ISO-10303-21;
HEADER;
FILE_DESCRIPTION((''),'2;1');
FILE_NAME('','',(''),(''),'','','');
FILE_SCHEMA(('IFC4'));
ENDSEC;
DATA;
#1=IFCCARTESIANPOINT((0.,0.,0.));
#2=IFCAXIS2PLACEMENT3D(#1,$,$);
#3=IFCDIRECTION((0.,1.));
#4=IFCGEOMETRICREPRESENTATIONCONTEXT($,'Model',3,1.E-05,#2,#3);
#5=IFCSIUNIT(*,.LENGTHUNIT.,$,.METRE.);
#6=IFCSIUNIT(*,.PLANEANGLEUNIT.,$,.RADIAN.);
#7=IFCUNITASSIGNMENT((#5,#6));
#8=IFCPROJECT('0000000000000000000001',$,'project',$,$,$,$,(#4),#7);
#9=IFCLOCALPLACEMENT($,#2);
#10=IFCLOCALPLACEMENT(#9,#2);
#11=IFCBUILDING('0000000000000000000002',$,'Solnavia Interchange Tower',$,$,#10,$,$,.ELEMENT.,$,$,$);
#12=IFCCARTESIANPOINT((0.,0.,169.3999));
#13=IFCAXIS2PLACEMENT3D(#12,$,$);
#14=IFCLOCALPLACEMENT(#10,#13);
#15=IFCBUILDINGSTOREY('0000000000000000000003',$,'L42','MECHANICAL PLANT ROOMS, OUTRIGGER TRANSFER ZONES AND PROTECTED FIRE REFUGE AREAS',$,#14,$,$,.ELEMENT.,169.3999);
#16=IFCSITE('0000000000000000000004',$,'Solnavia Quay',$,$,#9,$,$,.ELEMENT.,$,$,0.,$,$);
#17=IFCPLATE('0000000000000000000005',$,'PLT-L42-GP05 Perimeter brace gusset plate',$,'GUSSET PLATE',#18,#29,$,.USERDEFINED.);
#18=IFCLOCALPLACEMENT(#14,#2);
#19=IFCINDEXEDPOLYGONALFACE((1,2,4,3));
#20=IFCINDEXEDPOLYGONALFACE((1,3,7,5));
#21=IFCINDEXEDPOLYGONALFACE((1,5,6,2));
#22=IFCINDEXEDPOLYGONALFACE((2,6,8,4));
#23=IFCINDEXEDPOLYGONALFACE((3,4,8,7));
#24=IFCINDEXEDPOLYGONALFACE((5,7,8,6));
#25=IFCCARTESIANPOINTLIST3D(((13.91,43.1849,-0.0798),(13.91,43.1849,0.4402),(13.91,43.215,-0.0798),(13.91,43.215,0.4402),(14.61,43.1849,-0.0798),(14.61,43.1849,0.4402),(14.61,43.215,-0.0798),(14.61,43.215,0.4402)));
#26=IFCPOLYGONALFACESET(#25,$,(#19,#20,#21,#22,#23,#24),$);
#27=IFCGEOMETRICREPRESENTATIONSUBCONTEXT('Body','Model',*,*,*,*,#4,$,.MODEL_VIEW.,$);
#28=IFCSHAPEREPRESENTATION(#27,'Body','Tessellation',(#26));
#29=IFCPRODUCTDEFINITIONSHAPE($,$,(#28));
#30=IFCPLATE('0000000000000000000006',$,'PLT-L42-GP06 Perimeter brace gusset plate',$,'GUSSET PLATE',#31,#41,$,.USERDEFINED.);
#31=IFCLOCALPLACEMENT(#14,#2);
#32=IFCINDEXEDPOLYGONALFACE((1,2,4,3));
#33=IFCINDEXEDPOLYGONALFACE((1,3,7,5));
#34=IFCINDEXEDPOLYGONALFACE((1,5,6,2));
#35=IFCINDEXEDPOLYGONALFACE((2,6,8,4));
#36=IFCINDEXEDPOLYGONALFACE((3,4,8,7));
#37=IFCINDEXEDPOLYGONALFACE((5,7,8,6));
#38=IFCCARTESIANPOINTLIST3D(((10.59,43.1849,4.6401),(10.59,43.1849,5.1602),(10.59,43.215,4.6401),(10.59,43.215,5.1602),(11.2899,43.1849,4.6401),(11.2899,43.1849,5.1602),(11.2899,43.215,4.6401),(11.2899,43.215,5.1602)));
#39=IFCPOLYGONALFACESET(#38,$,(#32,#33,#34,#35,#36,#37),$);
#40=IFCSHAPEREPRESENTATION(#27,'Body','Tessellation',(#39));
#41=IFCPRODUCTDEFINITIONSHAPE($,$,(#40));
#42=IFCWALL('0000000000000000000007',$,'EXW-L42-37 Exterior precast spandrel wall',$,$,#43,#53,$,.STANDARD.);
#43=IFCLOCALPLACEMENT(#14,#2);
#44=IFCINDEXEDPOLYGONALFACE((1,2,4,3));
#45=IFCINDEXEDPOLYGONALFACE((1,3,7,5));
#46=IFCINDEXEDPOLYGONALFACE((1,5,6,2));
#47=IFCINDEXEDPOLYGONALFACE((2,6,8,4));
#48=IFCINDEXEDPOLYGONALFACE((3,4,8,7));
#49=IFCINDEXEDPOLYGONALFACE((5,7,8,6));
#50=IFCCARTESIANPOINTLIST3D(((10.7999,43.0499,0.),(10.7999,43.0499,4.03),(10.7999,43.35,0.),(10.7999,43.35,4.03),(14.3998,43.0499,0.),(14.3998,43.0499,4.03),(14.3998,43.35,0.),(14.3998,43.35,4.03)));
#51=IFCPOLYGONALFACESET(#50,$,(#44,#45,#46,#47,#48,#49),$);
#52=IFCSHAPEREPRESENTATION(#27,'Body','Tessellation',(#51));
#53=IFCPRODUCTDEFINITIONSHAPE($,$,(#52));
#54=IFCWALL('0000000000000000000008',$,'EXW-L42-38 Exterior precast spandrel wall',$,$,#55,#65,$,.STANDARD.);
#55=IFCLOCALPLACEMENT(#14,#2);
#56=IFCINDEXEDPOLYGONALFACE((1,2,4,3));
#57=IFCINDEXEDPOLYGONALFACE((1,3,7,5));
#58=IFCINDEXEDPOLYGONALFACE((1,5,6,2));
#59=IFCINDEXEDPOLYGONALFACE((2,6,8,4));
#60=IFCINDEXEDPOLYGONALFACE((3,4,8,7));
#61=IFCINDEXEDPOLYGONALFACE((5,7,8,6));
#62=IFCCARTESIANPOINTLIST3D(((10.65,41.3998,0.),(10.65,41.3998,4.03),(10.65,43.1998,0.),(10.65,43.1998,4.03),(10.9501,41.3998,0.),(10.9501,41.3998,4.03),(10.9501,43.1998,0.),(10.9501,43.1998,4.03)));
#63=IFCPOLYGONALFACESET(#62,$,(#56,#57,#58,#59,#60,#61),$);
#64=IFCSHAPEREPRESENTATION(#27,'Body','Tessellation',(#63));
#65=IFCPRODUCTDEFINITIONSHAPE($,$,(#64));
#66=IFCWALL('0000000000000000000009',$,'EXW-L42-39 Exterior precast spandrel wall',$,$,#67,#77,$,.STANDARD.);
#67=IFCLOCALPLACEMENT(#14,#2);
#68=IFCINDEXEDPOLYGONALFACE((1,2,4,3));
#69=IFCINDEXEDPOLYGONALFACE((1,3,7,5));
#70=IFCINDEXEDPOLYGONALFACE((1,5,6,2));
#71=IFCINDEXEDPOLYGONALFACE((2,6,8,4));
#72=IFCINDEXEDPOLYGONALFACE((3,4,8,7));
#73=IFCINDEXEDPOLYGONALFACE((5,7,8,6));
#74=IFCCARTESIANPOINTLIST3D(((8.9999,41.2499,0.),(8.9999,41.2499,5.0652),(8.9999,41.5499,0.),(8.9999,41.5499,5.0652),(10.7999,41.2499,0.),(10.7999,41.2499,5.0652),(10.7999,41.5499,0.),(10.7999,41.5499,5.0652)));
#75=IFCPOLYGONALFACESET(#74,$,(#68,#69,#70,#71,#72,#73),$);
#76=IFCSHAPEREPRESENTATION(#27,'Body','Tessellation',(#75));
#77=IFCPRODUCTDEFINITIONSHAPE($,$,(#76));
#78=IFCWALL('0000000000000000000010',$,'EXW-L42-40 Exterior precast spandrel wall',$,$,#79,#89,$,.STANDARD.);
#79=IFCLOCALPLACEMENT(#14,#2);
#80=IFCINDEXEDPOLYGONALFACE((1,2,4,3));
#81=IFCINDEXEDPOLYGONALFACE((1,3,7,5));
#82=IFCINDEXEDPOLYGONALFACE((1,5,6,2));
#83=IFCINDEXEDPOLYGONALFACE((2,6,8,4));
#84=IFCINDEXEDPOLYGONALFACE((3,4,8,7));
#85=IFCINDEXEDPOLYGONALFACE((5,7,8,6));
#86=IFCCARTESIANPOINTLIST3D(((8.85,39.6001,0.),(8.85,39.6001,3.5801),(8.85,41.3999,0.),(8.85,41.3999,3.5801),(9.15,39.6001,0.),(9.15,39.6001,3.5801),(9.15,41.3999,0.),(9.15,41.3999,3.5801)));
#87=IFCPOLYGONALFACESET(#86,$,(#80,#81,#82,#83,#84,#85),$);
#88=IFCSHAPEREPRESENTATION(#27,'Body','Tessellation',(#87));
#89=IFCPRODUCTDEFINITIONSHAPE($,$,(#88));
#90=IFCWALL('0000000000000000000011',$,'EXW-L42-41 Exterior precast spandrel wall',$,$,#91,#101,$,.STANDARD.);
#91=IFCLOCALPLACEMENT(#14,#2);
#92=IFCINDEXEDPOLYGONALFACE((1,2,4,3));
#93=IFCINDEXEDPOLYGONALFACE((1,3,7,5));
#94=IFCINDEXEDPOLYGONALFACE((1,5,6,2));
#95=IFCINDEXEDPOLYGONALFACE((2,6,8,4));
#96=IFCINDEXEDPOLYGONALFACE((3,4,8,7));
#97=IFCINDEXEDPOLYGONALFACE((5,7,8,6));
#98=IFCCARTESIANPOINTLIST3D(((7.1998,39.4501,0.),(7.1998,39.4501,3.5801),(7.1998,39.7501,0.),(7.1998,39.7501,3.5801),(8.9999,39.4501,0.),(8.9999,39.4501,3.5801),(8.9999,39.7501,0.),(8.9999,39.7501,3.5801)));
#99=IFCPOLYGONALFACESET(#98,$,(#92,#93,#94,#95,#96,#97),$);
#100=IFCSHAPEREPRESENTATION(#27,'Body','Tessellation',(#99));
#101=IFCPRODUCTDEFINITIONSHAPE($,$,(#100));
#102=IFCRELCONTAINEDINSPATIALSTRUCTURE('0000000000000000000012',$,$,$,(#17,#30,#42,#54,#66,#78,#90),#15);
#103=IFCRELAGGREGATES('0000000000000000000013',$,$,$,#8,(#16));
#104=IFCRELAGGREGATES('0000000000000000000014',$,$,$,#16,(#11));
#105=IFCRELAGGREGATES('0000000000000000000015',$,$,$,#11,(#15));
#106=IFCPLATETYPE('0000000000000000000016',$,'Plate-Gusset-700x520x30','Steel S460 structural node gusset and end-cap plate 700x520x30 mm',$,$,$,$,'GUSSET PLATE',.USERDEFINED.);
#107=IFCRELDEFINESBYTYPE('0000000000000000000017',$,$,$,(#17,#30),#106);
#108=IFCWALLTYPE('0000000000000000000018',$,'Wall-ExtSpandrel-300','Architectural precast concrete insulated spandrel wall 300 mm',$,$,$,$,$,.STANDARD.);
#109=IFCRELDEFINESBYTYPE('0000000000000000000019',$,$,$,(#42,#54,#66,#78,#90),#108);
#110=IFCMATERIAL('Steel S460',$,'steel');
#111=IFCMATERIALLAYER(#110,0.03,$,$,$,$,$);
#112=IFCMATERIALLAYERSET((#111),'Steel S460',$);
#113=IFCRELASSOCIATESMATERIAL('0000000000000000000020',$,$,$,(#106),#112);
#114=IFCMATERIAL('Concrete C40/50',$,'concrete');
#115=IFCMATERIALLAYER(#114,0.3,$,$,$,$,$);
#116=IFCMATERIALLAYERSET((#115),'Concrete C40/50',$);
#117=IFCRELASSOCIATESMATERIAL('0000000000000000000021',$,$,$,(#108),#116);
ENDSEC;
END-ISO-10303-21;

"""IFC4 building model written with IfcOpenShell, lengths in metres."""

from ifc_helpers import new_model, si_unit, direction, frame, frame_2d, origin, origin_2d, place, context, subcontext, project, spatial, rectangle, extrude, material, layer, layer_set, type_object, element, save


model = new_model("IFC4")

# Units and contexts
model_context = context("Model", 3, precision=1e-05, world=origin(), true_north=direction((0.0, 1.0)))
body_context = subcontext(model_context, "Body", "Model", "MODEL_VIEW")
ifc_project = project(units=[si_unit("LENGTHUNIT", "METRE"), si_unit("PLANEANGLEUNIT", "RADIAN")], contexts=[model_context])

# Site, building, storey
site_placement = place(None, origin())
site = spatial("IfcSite", under=ifc_project, at=site_placement, Name="Solnavia Quay", CompositionType="ELEMENT", RefElevation=0.0)
building_placement = place(site_placement, origin())
building = spatial("IfcBuilding", under=site, at=building_placement, Name="Solnavia Interchange Tower", CompositionType="ELEMENT")
storey_placement = place(building_placement, frame((0.0, 0.0, 169.3999)))
storey = spatial("IfcBuildingStorey", under=building, at=storey_placement, Name="L42", Description="MECHANICAL PLANT ROOMS, OUTRIGGER TRANSFER ZONES AND PROTECTED FIRE REFUGE AREAS", CompositionType="ELEMENT", Elevation=169.3999)

# Shared definitions
ifc_material_1 = material(Name="Steel S460", Category="steel")

# Plates
ifc_layer_1 = layer(ifc_material_1, 0.03)
ifc_layer_set_1 = layer_set([ifc_layer_1], Name="Steel S460")
plate_type_1 = type_object("IfcPlateType", Name="Plate-Gusset-700x520x30", Description="Steel S460 structural node gusset and end-cap plate 700x520x30 mm", ElementType="GUSSET PLATE", PredefinedType="USERDEFINED", material=ifc_layer_set_1)
for number, where, z_axis, x_axis, name in (
    (1, (14.26, 43.2, -0.0798), (0.0, 0.0, 1.0), (-1.0, 0.0, 0.0), "PLT-L42-GP05 Perimeter brace gusset plate"),
    (2, (10.9399, 43.2, 4.6401), (0.0, 0.0, 1.0), (-1.0, 0.0, 0.0), "PLT-L42-GP06 Perimeter brace gusset plate"),
):
    element("IfcPlate", number, at=place(storey_placement, frame(where, z_axis=z_axis, x_axis=x_axis)), inside=storey, type_object=plate_type_1, Name=name, ObjectType="GUSSET PLATE", PredefinedType="USERDEFINED", context=body_context, shape_type="SweptSolid", body=[
        extrude(rectangle(XDim=0.7, YDim=0.03, at=origin_2d()), origin(), (0.0, 0.0, 1.0), 0.52),
    ])

# Walls
ifc_material_2 = material(Name="Concrete C40/50", Category="concrete")
ifc_layer_2 = layer(ifc_material_2, 0.3)
ifc_layer_set_2 = layer_set([ifc_layer_2], Name="Concrete C40/50")
wall_type = type_object("IfcWallType", Name="Wall-ExtSpandrel-300", Description="Architectural precast concrete insulated spandrel wall 300 mm", PredefinedType="STANDARD", material=ifc_layer_set_2)
wall_1_placement = place(storey_placement, frame((10.8, 43.2, 0.0), z_axis=(0.0, 0.0, 1.0), x_axis=(1.0, 0.0, 0.0)))
element("IfcWall", 3, at=wall_1_placement, inside=storey, type_object=wall_type, Name="EXW-L42-37 Exterior precast spandrel wall", PredefinedType="STANDARD", context=body_context, shape_type="SweptSolid", body=[
    extrude(rectangle(XDim=3.5999, YDim=0.3, at=frame_2d((1.7998, 0.0))), origin(), (0.0, 0.0, 1.0), 4.03),
])
wall_2_placement = place(storey_placement, frame((10.8, 41.3999, 0.0), z_axis=(0.0, 0.0, 1.0), x_axis=(0.0, 1.0, 0.0)))
element("IfcWall", 4, at=wall_2_placement, inside=storey, type_object=wall_type, Name="EXW-L42-38 Exterior precast spandrel wall", PredefinedType="STANDARD", context=body_context, shape_type="SweptSolid", body=[
    extrude(rectangle(XDim=1.8, YDim=0.3, at=frame_2d((0.8999, 0.0))), origin(), (0.0, 0.0, 1.0), 4.03),
])
wall_3_placement = place(storey_placement, frame((9.0, 41.3999, 0.0), z_axis=(0.0, 0.0, 1.0), x_axis=(1.0, 0.0, 0.0)))
element("IfcWall", 5, at=wall_3_placement, inside=storey, type_object=wall_type, Name="EXW-L42-39 Exterior precast spandrel wall", PredefinedType="STANDARD", context=body_context, shape_type="SweptSolid", body=[
    extrude(rectangle(XDim=1.8, YDim=0.3, at=frame_2d((0.8999, 0.0))), origin(), (0.0, 0.0, 1.0), 5.0652),
])
wall_4_placement = place(storey_placement, frame((9.0, 39.6001, 0.0), z_axis=(0.0, 0.0, 1.0), x_axis=(0.0, 1.0, 0.0)))
element("IfcWall", 6, at=wall_4_placement, inside=storey, type_object=wall_type, Name="EXW-L42-40 Exterior precast spandrel wall", PredefinedType="STANDARD", context=body_context, shape_type="SweptSolid", body=[
    extrude(rectangle(XDim=1.7998, YDim=0.3, at=frame_2d((0.8999, 0.0))), origin(), (0.0, 0.0, 1.0), 3.5801),
])
wall_5_placement = place(storey_placement, frame((7.2, 39.6001, 0.0), z_axis=(0.0, 0.0, 1.0), x_axis=(1.0, 0.0, 0.0)))
element("IfcWall", 7, at=wall_5_placement, inside=storey, type_object=wall_type, Name="EXW-L42-41 Exterior precast spandrel wall", PredefinedType="STANDARD", context=body_context, shape_type="SweptSolid", body=[
    extrude(rectangle(XDim=1.8, YDim=0.3, at=frame_2d((0.8999, 0.0))), origin(), (0.0, 0.0, 1.0), 3.5801),
])

save(model, "model.ifc")
